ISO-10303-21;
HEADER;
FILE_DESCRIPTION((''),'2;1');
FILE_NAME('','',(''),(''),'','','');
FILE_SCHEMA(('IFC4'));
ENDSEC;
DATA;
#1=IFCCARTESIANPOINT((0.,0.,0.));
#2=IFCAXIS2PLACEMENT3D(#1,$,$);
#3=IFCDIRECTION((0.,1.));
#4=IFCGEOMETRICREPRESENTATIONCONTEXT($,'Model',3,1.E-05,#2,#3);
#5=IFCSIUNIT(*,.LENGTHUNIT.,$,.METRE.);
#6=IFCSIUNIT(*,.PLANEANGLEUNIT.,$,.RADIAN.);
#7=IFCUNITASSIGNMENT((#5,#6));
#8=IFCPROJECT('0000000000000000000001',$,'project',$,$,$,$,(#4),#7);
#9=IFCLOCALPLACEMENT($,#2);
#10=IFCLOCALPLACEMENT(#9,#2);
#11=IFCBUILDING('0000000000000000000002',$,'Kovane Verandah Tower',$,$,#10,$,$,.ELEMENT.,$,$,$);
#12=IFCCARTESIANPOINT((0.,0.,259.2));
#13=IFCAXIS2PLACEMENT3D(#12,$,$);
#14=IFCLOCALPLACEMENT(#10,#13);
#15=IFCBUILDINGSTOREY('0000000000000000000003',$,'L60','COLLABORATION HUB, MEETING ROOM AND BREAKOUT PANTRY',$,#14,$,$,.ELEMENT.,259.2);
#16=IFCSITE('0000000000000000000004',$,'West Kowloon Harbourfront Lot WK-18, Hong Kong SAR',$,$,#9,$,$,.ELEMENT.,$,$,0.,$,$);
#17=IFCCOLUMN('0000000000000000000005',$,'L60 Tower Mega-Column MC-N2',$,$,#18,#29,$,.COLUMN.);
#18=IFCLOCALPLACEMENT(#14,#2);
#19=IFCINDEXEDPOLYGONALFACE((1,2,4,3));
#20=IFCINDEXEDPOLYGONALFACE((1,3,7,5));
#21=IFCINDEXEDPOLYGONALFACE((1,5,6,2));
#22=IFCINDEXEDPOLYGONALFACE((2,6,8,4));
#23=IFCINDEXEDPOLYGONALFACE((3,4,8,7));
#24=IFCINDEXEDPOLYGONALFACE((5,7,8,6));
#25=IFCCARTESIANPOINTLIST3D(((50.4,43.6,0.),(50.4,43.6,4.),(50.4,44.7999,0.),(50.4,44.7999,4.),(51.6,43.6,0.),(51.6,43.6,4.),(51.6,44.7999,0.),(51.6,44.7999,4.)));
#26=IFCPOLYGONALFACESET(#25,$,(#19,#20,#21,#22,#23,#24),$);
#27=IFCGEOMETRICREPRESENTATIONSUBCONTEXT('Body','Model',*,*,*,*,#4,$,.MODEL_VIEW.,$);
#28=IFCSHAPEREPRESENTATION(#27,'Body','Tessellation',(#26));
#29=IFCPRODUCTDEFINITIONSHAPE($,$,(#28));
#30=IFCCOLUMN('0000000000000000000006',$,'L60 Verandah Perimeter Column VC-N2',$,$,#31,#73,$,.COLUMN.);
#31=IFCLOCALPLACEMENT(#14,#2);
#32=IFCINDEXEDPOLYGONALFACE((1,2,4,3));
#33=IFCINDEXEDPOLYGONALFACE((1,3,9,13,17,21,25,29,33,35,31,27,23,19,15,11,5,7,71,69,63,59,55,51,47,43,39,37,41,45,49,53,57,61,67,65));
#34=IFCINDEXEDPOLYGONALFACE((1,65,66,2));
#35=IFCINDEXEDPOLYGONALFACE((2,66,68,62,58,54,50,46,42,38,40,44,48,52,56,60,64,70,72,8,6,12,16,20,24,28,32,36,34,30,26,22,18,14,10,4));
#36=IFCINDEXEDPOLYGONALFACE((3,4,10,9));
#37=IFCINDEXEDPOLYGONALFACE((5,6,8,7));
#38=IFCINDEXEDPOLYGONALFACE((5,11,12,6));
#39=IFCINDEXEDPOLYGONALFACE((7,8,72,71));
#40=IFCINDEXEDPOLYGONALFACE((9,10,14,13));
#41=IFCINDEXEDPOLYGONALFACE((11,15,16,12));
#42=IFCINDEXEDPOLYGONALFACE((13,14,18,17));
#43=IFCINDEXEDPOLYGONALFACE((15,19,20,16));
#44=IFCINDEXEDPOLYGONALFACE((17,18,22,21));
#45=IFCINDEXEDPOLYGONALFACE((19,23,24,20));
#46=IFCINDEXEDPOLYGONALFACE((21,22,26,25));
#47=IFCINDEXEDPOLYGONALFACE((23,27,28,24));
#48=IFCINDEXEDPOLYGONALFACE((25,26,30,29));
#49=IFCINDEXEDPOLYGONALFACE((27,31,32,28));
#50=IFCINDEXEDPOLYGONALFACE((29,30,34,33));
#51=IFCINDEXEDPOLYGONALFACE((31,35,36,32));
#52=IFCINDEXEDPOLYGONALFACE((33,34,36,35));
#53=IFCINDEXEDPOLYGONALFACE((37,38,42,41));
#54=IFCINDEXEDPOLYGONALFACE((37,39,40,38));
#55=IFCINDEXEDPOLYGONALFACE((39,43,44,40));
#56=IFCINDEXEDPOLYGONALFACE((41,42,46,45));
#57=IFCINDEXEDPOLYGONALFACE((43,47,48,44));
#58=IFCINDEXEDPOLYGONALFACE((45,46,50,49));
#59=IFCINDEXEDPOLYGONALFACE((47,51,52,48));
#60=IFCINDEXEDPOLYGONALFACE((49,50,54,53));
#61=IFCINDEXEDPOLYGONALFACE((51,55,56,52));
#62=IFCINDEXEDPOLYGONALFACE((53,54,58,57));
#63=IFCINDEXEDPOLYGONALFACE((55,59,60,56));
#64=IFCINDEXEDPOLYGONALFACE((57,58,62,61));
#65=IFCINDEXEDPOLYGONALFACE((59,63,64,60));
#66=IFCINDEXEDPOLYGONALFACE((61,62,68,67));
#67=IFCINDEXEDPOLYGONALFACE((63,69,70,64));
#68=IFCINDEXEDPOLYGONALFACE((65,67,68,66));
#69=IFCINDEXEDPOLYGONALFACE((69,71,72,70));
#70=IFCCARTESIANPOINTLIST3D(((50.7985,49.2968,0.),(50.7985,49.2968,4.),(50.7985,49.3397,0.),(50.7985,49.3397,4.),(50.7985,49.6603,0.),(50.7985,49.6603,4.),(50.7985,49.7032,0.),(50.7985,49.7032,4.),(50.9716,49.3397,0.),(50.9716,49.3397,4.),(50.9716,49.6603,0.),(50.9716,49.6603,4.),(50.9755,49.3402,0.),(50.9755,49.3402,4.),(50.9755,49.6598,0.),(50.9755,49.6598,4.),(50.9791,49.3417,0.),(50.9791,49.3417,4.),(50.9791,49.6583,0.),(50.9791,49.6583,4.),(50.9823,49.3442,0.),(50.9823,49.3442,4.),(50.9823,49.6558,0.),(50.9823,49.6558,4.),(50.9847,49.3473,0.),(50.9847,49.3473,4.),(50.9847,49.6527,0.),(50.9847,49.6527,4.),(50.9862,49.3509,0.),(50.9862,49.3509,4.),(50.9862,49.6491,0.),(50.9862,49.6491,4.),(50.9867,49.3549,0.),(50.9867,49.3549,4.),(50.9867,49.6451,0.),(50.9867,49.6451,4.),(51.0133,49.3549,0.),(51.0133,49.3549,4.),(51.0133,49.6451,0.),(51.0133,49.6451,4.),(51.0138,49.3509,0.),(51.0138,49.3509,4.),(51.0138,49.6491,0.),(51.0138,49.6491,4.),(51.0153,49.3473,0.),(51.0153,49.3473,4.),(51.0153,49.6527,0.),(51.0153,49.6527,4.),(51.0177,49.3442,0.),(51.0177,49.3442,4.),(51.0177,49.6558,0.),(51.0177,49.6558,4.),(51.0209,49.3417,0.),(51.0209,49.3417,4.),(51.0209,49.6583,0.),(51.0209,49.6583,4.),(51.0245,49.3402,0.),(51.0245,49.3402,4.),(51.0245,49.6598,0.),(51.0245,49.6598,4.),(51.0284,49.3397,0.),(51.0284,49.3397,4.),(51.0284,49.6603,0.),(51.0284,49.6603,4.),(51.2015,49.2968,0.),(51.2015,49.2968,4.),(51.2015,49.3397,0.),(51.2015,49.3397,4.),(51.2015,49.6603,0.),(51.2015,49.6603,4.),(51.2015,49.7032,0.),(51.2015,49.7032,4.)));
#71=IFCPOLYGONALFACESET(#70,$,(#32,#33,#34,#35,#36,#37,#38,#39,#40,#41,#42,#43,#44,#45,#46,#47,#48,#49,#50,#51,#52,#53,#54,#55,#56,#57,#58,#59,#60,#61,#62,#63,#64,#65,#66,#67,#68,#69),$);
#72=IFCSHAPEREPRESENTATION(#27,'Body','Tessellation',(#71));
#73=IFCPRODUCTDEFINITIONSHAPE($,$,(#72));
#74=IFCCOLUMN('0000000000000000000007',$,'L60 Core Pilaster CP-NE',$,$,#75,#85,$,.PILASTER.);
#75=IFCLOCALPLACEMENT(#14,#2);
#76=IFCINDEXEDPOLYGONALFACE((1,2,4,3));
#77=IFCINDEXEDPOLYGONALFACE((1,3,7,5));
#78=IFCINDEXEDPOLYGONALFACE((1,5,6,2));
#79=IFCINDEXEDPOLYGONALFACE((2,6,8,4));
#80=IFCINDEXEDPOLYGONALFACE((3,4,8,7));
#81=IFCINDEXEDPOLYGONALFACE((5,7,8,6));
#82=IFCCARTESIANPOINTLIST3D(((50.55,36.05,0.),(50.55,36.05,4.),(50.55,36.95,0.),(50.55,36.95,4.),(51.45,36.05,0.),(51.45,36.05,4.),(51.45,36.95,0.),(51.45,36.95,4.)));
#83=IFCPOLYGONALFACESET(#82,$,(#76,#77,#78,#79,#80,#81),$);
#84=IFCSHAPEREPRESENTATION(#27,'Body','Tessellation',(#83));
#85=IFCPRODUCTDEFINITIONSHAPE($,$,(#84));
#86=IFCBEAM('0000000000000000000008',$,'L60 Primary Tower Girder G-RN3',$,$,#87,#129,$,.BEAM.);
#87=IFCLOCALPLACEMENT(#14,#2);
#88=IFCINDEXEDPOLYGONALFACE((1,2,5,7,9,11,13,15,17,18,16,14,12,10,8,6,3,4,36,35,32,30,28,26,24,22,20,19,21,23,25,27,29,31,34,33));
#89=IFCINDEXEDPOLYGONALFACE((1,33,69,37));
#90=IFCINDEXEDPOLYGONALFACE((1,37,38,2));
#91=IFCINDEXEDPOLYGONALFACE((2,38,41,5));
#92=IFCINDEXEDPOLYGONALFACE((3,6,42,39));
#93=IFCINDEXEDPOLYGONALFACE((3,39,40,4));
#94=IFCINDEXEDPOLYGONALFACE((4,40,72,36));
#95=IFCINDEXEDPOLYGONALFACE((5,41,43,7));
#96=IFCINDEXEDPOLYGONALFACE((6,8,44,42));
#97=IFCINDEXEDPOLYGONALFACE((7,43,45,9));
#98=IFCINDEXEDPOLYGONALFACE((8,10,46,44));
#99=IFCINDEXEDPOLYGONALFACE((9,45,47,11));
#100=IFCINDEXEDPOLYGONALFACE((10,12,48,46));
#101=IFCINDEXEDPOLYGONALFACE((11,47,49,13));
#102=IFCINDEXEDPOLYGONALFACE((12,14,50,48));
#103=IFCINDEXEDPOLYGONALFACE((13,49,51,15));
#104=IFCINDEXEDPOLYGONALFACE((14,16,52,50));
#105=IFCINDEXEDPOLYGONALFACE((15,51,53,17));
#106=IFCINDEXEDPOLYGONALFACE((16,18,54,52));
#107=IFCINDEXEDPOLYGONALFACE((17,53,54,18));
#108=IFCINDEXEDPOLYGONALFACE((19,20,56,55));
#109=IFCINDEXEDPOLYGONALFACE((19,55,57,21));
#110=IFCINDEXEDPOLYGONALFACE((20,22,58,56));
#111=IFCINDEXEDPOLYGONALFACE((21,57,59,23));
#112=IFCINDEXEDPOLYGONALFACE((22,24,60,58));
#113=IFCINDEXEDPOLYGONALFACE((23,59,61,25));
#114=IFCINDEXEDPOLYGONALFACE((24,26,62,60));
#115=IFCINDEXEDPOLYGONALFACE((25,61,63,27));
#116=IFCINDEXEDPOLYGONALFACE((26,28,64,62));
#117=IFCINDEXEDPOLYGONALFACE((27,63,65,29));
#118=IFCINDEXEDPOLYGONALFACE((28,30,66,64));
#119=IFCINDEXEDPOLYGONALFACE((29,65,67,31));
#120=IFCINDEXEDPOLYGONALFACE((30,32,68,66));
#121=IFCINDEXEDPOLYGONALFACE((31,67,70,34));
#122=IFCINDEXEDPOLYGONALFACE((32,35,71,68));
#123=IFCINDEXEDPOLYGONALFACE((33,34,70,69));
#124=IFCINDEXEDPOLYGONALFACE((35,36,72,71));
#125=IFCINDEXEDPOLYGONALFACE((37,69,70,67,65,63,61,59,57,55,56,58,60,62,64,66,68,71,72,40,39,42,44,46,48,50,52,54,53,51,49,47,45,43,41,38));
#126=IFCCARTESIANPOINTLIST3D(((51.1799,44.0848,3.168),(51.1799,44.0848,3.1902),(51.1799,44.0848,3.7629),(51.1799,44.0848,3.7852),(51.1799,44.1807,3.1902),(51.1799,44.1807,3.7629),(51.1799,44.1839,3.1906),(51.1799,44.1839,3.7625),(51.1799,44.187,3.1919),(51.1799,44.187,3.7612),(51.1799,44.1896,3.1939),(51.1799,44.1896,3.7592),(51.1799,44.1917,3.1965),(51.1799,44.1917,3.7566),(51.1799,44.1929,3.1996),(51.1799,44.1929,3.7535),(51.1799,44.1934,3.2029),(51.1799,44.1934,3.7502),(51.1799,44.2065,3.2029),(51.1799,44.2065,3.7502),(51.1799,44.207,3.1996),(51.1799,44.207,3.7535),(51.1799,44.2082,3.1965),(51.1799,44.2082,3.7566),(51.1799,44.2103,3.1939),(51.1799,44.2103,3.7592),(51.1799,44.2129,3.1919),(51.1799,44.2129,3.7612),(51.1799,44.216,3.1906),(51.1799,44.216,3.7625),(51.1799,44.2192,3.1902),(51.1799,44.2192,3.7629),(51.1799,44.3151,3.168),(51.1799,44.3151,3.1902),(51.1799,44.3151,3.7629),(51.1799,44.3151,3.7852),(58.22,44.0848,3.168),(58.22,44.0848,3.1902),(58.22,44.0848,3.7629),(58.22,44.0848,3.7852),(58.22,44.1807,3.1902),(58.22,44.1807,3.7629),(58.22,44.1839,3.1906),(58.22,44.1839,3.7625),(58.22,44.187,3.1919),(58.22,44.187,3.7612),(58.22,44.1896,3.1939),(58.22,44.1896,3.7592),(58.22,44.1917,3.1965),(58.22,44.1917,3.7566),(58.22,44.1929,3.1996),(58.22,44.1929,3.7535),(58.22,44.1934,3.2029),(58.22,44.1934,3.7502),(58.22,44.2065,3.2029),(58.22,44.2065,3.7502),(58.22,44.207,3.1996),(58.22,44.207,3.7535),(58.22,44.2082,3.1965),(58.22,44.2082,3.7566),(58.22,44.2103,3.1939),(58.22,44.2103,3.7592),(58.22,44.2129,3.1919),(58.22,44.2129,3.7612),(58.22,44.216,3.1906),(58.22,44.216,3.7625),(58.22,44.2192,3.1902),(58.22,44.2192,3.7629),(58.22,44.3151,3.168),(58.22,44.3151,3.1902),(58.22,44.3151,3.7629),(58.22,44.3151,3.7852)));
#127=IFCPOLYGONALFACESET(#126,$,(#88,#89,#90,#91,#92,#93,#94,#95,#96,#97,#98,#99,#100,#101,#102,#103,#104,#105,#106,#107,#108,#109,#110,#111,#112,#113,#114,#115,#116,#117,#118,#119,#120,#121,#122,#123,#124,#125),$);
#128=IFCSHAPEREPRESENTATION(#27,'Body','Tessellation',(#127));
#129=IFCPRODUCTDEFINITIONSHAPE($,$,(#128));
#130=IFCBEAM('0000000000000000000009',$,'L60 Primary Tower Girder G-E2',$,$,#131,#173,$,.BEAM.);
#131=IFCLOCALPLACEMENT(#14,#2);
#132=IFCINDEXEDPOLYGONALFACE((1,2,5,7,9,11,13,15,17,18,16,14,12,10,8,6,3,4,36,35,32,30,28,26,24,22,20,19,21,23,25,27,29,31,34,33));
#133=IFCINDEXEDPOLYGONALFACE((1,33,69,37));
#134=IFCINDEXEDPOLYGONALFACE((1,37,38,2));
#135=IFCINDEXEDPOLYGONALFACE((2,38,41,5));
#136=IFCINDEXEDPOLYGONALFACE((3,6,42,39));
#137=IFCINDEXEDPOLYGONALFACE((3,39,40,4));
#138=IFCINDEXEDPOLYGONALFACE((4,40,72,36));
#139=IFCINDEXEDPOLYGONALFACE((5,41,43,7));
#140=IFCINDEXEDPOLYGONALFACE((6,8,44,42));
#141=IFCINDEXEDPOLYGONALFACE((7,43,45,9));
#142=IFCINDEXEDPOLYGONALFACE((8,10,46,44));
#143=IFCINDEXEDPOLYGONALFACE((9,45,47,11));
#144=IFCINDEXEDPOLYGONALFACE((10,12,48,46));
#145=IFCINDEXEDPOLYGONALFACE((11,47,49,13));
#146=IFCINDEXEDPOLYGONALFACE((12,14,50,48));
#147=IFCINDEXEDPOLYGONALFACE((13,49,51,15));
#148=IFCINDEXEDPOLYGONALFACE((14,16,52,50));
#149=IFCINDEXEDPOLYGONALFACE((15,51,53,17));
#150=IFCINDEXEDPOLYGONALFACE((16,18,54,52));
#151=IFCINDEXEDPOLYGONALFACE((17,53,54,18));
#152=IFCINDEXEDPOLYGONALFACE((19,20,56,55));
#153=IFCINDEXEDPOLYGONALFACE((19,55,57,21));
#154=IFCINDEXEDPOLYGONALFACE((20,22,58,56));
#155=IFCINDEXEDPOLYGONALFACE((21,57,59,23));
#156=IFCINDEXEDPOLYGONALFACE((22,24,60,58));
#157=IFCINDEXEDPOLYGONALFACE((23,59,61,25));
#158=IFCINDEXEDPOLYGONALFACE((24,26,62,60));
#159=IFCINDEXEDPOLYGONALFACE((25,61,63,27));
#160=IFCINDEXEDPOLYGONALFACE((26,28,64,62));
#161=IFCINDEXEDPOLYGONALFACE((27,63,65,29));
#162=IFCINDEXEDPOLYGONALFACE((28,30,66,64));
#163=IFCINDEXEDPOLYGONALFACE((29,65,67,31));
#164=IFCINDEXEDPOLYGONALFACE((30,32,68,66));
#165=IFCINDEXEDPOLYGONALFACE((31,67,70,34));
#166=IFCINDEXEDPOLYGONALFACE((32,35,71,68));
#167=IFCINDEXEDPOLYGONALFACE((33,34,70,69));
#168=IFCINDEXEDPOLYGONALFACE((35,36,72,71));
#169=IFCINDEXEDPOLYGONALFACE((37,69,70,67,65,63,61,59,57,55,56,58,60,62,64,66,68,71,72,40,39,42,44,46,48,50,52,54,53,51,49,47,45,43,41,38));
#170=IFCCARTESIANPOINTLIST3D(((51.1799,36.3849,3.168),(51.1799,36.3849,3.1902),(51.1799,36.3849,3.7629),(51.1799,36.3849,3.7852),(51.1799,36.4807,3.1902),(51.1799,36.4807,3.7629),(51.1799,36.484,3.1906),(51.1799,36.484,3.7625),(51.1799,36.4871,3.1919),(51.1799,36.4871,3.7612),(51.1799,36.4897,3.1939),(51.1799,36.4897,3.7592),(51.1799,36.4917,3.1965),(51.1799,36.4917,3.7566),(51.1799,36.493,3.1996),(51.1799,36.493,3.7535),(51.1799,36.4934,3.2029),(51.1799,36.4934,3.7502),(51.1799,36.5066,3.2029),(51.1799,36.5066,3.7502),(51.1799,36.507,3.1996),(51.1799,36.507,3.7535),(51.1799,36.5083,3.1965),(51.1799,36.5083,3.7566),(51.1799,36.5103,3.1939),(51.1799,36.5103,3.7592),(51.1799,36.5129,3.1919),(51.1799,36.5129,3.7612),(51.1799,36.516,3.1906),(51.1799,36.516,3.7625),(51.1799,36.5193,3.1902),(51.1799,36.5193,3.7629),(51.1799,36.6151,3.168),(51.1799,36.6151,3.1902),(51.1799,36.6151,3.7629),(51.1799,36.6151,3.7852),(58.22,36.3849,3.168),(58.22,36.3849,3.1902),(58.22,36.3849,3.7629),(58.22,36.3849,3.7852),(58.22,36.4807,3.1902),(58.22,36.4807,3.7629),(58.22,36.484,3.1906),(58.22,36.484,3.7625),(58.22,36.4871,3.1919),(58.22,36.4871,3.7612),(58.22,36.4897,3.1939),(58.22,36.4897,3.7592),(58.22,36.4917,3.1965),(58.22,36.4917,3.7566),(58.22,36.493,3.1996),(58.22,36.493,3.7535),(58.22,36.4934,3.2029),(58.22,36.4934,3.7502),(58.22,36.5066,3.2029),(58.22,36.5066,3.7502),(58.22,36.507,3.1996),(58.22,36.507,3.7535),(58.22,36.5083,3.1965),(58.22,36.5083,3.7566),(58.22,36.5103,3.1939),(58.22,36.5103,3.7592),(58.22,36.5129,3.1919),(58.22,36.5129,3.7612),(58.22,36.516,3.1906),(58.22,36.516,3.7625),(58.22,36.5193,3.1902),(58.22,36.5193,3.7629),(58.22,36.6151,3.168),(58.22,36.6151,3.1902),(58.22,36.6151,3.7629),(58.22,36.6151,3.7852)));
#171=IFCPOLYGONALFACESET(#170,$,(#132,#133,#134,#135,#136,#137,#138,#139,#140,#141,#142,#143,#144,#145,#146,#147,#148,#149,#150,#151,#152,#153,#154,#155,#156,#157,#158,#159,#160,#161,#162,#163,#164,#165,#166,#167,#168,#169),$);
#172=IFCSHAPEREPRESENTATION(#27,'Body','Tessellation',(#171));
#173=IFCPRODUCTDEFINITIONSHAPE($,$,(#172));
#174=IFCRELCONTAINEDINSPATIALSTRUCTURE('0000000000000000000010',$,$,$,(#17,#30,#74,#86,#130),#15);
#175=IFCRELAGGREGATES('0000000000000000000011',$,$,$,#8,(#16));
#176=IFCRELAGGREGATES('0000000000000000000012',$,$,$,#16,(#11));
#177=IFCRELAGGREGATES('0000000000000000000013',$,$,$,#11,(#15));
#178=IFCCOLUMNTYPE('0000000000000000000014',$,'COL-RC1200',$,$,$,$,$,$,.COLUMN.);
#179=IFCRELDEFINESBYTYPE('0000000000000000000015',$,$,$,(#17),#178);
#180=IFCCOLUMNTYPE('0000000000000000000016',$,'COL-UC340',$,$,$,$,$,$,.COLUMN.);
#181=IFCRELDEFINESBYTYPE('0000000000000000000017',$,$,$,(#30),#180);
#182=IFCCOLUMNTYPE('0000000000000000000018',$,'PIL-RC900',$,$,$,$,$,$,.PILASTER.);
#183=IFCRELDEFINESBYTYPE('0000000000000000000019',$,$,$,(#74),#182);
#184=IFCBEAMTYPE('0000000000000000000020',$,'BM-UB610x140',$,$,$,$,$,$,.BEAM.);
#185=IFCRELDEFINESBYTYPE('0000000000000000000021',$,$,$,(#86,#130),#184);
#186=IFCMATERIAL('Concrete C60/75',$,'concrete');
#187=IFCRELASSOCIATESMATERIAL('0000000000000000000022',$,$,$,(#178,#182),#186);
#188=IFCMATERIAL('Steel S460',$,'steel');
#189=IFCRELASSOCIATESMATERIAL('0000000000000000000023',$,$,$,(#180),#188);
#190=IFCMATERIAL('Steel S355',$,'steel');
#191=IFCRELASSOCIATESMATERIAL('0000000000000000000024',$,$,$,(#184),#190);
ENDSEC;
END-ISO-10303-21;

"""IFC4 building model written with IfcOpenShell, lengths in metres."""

from ifc_helpers import new_model, si_unit, direction, frame, origin, origin_2d, place, context, subcontext, project, spatial, rectangle, i_section, extrude, material, material_profile, profile_set, type_object, element, save


model = new_model("IFC4")

# Units and contexts
model_context = context("Model", 3, precision=1e-05, world=origin(), true_north=direction((0.0, 1.0)))
body_context = subcontext(model_context, "Body", "Model", "MODEL_VIEW")
ifc_project = project(units=[si_unit("LENGTHUNIT", "METRE"), si_unit("PLANEANGLEUNIT", "RADIAN")], contexts=[model_context])

# Site, building, storey
site_placement = place(None, origin())
site = spatial("IfcSite", under=ifc_project, at=site_placement, Name="West Kowloon Harbourfront Lot WK-18, Hong Kong SAR", CompositionType="ELEMENT", RefElevation=0.0)
building_placement = place(site_placement, origin())
building = spatial("IfcBuilding", under=site, at=building_placement, Name="Kovane Verandah Tower", CompositionType="ELEMENT")
storey_placement = place(building_placement, frame((0.0, 0.0, 259.2)))
storey = spatial("IfcBuildingStorey", under=building, at=storey_placement, Name="L60", Description="COLLABORATION HUB, MEETING ROOM AND BREAKOUT PANTRY", CompositionType="ELEMENT", Elevation=259.2)

# Columns
ifc_material_1 = material(Name="Concrete C60/75", Category="concrete")
ifc_material_profile_1 = material_profile(ifc_material_1, rectangle(XDim=1.2, YDim=1.2, at=origin_2d()), Name="RC1200x1200")
ifc_profile_set_1 = profile_set([ifc_material_profile_1], Name="Concrete C60/75")
column_type_1 = type_object("IfcColumnType", Name="COL-RC1200", PredefinedType="COLUMN", material=ifc_profile_set_1)
column_1_placement = place(storey_placement, frame((51.0, 44.2, 0.0), z_axis=(0.0, 0.0, 1.0), x_axis=(1.0, 0.0, 0.0)))
element("IfcColumn", 1, at=column_1_placement, inside=storey, type_object=column_type_1, Name="L60 Tower Mega-Column MC-N2", PredefinedType="COLUMN", context=body_context, shape_type="SweptSolid", body=[
    extrude(rectangle(XDim=1.2, YDim=1.2, at=origin_2d()), origin(), (0.0, 0.0, 1.0), 4.0),
])
ifc_material_2 = material(Name="Steel S460", Category="steel")
ifc_material_profile_2 = material_profile(ifc_material_2, i_section(OverallWidth=0.4031, OverallDepth=0.4065, WebThickness=0.0266, FlangeThickness=0.043, FilletRadius=0.0151, at=origin_2d()), Name="UC356x406x340")
ifc_profile_set_2 = profile_set([ifc_material_profile_2], Name="Steel S460")
column_type_2 = type_object("IfcColumnType", Name="COL-UC340", PredefinedType="COLUMN", material=ifc_profile_set_2)
column_2_placement = place(storey_placement, frame((51.0, 49.5, 0.0), z_axis=(0.0, 0.0, 1.0), x_axis=(1.0, 0.0, 0.0)))
element("IfcColumn", 2, at=column_2_placement, inside=storey, type_object=column_type_2, Name="L60 Verandah Perimeter Column VC-N2", PredefinedType="COLUMN", context=body_context, shape_type="SweptSolid", body=[
    extrude(i_section(OverallWidth=0.4031, OverallDepth=0.4065, WebThickness=0.0266, FlangeThickness=0.043, FilletRadius=0.0151, at=origin_2d()), origin(), (0.0, 0.0, 1.0), 4.0),
])
ifc_material_profile_3 = material_profile(ifc_material_1, rectangle(XDim=0.8999, YDim=0.8999, at=origin_2d()), Name="RC900x900")
ifc_profile_set_3 = profile_set([ifc_material_profile_3], Name="Concrete C60/75")
column_type_3 = type_object("IfcColumnType", Name="PIL-RC900", PredefinedType="PILASTER", material=ifc_profile_set_3)
column_3_placement = place(storey_placement, frame((51.0, 36.5, 0.0), z_axis=(0.0, 0.0, 1.0), x_axis=(1.0, 0.0, 0.0)))
element("IfcColumn", 3, at=column_3_placement, inside=storey, type_object=column_type_3, Name="L60 Core Pilaster CP-NE", PredefinedType="PILASTER", context=body_context, shape_type="SweptSolid", body=[
    extrude(rectangle(XDim=0.8999, YDim=0.8999, at=origin_2d()), origin(), (0.0, 0.0, 1.0), 4.0),
])

# Beams
ifc_material_3 = material(Name="Steel S355", Category="steel")
ifc_material_profile_4 = material_profile(ifc_material_3, i_section(OverallWidth=0.2302, OverallDepth=0.6172, WebThickness=0.0132, FlangeThickness=0.0222, FilletRadius=0.0127, at=origin_2d()), Name="UB610x229x140")
ifc_profile_set_4 = profile_set([ifc_material_profile_4], Name="Steel S355")
beam_type = type_object("IfcBeamType", Name="BM-UB610x140", PredefinedType="BEAM", material=ifc_profile_set_4)
for number, where, z_axis, x_axis, name in (
    (4, (51.1799, 44.2, 3.4766), (1.0, 0.0, 0.0), (0.0, 1.0, 0.0), "L60 Primary Tower Girder G-RN3"),
    (5, (51.1799, 36.5, 3.4766), (1.0, 0.0, 0.0), (0.0, 1.0, 0.0), "L60 Primary Tower Girder G-E2"),
):
    element("IfcBeam", number, at=place(storey_placement, frame(where, z_axis=z_axis, x_axis=x_axis)), inside=storey, type_object=beam_type, Name=name, PredefinedType="BEAM", context=body_context, shape_type="SweptSolid", body=[
        extrude(i_section(OverallWidth=0.2302, OverallDepth=0.6172, WebThickness=0.0132, FlangeThickness=0.0222, FilletRadius=0.0127, at=origin_2d()), origin(), (0.0, 0.0, 1.0), 7.04),
    ])

save(model, "model.ifc")
